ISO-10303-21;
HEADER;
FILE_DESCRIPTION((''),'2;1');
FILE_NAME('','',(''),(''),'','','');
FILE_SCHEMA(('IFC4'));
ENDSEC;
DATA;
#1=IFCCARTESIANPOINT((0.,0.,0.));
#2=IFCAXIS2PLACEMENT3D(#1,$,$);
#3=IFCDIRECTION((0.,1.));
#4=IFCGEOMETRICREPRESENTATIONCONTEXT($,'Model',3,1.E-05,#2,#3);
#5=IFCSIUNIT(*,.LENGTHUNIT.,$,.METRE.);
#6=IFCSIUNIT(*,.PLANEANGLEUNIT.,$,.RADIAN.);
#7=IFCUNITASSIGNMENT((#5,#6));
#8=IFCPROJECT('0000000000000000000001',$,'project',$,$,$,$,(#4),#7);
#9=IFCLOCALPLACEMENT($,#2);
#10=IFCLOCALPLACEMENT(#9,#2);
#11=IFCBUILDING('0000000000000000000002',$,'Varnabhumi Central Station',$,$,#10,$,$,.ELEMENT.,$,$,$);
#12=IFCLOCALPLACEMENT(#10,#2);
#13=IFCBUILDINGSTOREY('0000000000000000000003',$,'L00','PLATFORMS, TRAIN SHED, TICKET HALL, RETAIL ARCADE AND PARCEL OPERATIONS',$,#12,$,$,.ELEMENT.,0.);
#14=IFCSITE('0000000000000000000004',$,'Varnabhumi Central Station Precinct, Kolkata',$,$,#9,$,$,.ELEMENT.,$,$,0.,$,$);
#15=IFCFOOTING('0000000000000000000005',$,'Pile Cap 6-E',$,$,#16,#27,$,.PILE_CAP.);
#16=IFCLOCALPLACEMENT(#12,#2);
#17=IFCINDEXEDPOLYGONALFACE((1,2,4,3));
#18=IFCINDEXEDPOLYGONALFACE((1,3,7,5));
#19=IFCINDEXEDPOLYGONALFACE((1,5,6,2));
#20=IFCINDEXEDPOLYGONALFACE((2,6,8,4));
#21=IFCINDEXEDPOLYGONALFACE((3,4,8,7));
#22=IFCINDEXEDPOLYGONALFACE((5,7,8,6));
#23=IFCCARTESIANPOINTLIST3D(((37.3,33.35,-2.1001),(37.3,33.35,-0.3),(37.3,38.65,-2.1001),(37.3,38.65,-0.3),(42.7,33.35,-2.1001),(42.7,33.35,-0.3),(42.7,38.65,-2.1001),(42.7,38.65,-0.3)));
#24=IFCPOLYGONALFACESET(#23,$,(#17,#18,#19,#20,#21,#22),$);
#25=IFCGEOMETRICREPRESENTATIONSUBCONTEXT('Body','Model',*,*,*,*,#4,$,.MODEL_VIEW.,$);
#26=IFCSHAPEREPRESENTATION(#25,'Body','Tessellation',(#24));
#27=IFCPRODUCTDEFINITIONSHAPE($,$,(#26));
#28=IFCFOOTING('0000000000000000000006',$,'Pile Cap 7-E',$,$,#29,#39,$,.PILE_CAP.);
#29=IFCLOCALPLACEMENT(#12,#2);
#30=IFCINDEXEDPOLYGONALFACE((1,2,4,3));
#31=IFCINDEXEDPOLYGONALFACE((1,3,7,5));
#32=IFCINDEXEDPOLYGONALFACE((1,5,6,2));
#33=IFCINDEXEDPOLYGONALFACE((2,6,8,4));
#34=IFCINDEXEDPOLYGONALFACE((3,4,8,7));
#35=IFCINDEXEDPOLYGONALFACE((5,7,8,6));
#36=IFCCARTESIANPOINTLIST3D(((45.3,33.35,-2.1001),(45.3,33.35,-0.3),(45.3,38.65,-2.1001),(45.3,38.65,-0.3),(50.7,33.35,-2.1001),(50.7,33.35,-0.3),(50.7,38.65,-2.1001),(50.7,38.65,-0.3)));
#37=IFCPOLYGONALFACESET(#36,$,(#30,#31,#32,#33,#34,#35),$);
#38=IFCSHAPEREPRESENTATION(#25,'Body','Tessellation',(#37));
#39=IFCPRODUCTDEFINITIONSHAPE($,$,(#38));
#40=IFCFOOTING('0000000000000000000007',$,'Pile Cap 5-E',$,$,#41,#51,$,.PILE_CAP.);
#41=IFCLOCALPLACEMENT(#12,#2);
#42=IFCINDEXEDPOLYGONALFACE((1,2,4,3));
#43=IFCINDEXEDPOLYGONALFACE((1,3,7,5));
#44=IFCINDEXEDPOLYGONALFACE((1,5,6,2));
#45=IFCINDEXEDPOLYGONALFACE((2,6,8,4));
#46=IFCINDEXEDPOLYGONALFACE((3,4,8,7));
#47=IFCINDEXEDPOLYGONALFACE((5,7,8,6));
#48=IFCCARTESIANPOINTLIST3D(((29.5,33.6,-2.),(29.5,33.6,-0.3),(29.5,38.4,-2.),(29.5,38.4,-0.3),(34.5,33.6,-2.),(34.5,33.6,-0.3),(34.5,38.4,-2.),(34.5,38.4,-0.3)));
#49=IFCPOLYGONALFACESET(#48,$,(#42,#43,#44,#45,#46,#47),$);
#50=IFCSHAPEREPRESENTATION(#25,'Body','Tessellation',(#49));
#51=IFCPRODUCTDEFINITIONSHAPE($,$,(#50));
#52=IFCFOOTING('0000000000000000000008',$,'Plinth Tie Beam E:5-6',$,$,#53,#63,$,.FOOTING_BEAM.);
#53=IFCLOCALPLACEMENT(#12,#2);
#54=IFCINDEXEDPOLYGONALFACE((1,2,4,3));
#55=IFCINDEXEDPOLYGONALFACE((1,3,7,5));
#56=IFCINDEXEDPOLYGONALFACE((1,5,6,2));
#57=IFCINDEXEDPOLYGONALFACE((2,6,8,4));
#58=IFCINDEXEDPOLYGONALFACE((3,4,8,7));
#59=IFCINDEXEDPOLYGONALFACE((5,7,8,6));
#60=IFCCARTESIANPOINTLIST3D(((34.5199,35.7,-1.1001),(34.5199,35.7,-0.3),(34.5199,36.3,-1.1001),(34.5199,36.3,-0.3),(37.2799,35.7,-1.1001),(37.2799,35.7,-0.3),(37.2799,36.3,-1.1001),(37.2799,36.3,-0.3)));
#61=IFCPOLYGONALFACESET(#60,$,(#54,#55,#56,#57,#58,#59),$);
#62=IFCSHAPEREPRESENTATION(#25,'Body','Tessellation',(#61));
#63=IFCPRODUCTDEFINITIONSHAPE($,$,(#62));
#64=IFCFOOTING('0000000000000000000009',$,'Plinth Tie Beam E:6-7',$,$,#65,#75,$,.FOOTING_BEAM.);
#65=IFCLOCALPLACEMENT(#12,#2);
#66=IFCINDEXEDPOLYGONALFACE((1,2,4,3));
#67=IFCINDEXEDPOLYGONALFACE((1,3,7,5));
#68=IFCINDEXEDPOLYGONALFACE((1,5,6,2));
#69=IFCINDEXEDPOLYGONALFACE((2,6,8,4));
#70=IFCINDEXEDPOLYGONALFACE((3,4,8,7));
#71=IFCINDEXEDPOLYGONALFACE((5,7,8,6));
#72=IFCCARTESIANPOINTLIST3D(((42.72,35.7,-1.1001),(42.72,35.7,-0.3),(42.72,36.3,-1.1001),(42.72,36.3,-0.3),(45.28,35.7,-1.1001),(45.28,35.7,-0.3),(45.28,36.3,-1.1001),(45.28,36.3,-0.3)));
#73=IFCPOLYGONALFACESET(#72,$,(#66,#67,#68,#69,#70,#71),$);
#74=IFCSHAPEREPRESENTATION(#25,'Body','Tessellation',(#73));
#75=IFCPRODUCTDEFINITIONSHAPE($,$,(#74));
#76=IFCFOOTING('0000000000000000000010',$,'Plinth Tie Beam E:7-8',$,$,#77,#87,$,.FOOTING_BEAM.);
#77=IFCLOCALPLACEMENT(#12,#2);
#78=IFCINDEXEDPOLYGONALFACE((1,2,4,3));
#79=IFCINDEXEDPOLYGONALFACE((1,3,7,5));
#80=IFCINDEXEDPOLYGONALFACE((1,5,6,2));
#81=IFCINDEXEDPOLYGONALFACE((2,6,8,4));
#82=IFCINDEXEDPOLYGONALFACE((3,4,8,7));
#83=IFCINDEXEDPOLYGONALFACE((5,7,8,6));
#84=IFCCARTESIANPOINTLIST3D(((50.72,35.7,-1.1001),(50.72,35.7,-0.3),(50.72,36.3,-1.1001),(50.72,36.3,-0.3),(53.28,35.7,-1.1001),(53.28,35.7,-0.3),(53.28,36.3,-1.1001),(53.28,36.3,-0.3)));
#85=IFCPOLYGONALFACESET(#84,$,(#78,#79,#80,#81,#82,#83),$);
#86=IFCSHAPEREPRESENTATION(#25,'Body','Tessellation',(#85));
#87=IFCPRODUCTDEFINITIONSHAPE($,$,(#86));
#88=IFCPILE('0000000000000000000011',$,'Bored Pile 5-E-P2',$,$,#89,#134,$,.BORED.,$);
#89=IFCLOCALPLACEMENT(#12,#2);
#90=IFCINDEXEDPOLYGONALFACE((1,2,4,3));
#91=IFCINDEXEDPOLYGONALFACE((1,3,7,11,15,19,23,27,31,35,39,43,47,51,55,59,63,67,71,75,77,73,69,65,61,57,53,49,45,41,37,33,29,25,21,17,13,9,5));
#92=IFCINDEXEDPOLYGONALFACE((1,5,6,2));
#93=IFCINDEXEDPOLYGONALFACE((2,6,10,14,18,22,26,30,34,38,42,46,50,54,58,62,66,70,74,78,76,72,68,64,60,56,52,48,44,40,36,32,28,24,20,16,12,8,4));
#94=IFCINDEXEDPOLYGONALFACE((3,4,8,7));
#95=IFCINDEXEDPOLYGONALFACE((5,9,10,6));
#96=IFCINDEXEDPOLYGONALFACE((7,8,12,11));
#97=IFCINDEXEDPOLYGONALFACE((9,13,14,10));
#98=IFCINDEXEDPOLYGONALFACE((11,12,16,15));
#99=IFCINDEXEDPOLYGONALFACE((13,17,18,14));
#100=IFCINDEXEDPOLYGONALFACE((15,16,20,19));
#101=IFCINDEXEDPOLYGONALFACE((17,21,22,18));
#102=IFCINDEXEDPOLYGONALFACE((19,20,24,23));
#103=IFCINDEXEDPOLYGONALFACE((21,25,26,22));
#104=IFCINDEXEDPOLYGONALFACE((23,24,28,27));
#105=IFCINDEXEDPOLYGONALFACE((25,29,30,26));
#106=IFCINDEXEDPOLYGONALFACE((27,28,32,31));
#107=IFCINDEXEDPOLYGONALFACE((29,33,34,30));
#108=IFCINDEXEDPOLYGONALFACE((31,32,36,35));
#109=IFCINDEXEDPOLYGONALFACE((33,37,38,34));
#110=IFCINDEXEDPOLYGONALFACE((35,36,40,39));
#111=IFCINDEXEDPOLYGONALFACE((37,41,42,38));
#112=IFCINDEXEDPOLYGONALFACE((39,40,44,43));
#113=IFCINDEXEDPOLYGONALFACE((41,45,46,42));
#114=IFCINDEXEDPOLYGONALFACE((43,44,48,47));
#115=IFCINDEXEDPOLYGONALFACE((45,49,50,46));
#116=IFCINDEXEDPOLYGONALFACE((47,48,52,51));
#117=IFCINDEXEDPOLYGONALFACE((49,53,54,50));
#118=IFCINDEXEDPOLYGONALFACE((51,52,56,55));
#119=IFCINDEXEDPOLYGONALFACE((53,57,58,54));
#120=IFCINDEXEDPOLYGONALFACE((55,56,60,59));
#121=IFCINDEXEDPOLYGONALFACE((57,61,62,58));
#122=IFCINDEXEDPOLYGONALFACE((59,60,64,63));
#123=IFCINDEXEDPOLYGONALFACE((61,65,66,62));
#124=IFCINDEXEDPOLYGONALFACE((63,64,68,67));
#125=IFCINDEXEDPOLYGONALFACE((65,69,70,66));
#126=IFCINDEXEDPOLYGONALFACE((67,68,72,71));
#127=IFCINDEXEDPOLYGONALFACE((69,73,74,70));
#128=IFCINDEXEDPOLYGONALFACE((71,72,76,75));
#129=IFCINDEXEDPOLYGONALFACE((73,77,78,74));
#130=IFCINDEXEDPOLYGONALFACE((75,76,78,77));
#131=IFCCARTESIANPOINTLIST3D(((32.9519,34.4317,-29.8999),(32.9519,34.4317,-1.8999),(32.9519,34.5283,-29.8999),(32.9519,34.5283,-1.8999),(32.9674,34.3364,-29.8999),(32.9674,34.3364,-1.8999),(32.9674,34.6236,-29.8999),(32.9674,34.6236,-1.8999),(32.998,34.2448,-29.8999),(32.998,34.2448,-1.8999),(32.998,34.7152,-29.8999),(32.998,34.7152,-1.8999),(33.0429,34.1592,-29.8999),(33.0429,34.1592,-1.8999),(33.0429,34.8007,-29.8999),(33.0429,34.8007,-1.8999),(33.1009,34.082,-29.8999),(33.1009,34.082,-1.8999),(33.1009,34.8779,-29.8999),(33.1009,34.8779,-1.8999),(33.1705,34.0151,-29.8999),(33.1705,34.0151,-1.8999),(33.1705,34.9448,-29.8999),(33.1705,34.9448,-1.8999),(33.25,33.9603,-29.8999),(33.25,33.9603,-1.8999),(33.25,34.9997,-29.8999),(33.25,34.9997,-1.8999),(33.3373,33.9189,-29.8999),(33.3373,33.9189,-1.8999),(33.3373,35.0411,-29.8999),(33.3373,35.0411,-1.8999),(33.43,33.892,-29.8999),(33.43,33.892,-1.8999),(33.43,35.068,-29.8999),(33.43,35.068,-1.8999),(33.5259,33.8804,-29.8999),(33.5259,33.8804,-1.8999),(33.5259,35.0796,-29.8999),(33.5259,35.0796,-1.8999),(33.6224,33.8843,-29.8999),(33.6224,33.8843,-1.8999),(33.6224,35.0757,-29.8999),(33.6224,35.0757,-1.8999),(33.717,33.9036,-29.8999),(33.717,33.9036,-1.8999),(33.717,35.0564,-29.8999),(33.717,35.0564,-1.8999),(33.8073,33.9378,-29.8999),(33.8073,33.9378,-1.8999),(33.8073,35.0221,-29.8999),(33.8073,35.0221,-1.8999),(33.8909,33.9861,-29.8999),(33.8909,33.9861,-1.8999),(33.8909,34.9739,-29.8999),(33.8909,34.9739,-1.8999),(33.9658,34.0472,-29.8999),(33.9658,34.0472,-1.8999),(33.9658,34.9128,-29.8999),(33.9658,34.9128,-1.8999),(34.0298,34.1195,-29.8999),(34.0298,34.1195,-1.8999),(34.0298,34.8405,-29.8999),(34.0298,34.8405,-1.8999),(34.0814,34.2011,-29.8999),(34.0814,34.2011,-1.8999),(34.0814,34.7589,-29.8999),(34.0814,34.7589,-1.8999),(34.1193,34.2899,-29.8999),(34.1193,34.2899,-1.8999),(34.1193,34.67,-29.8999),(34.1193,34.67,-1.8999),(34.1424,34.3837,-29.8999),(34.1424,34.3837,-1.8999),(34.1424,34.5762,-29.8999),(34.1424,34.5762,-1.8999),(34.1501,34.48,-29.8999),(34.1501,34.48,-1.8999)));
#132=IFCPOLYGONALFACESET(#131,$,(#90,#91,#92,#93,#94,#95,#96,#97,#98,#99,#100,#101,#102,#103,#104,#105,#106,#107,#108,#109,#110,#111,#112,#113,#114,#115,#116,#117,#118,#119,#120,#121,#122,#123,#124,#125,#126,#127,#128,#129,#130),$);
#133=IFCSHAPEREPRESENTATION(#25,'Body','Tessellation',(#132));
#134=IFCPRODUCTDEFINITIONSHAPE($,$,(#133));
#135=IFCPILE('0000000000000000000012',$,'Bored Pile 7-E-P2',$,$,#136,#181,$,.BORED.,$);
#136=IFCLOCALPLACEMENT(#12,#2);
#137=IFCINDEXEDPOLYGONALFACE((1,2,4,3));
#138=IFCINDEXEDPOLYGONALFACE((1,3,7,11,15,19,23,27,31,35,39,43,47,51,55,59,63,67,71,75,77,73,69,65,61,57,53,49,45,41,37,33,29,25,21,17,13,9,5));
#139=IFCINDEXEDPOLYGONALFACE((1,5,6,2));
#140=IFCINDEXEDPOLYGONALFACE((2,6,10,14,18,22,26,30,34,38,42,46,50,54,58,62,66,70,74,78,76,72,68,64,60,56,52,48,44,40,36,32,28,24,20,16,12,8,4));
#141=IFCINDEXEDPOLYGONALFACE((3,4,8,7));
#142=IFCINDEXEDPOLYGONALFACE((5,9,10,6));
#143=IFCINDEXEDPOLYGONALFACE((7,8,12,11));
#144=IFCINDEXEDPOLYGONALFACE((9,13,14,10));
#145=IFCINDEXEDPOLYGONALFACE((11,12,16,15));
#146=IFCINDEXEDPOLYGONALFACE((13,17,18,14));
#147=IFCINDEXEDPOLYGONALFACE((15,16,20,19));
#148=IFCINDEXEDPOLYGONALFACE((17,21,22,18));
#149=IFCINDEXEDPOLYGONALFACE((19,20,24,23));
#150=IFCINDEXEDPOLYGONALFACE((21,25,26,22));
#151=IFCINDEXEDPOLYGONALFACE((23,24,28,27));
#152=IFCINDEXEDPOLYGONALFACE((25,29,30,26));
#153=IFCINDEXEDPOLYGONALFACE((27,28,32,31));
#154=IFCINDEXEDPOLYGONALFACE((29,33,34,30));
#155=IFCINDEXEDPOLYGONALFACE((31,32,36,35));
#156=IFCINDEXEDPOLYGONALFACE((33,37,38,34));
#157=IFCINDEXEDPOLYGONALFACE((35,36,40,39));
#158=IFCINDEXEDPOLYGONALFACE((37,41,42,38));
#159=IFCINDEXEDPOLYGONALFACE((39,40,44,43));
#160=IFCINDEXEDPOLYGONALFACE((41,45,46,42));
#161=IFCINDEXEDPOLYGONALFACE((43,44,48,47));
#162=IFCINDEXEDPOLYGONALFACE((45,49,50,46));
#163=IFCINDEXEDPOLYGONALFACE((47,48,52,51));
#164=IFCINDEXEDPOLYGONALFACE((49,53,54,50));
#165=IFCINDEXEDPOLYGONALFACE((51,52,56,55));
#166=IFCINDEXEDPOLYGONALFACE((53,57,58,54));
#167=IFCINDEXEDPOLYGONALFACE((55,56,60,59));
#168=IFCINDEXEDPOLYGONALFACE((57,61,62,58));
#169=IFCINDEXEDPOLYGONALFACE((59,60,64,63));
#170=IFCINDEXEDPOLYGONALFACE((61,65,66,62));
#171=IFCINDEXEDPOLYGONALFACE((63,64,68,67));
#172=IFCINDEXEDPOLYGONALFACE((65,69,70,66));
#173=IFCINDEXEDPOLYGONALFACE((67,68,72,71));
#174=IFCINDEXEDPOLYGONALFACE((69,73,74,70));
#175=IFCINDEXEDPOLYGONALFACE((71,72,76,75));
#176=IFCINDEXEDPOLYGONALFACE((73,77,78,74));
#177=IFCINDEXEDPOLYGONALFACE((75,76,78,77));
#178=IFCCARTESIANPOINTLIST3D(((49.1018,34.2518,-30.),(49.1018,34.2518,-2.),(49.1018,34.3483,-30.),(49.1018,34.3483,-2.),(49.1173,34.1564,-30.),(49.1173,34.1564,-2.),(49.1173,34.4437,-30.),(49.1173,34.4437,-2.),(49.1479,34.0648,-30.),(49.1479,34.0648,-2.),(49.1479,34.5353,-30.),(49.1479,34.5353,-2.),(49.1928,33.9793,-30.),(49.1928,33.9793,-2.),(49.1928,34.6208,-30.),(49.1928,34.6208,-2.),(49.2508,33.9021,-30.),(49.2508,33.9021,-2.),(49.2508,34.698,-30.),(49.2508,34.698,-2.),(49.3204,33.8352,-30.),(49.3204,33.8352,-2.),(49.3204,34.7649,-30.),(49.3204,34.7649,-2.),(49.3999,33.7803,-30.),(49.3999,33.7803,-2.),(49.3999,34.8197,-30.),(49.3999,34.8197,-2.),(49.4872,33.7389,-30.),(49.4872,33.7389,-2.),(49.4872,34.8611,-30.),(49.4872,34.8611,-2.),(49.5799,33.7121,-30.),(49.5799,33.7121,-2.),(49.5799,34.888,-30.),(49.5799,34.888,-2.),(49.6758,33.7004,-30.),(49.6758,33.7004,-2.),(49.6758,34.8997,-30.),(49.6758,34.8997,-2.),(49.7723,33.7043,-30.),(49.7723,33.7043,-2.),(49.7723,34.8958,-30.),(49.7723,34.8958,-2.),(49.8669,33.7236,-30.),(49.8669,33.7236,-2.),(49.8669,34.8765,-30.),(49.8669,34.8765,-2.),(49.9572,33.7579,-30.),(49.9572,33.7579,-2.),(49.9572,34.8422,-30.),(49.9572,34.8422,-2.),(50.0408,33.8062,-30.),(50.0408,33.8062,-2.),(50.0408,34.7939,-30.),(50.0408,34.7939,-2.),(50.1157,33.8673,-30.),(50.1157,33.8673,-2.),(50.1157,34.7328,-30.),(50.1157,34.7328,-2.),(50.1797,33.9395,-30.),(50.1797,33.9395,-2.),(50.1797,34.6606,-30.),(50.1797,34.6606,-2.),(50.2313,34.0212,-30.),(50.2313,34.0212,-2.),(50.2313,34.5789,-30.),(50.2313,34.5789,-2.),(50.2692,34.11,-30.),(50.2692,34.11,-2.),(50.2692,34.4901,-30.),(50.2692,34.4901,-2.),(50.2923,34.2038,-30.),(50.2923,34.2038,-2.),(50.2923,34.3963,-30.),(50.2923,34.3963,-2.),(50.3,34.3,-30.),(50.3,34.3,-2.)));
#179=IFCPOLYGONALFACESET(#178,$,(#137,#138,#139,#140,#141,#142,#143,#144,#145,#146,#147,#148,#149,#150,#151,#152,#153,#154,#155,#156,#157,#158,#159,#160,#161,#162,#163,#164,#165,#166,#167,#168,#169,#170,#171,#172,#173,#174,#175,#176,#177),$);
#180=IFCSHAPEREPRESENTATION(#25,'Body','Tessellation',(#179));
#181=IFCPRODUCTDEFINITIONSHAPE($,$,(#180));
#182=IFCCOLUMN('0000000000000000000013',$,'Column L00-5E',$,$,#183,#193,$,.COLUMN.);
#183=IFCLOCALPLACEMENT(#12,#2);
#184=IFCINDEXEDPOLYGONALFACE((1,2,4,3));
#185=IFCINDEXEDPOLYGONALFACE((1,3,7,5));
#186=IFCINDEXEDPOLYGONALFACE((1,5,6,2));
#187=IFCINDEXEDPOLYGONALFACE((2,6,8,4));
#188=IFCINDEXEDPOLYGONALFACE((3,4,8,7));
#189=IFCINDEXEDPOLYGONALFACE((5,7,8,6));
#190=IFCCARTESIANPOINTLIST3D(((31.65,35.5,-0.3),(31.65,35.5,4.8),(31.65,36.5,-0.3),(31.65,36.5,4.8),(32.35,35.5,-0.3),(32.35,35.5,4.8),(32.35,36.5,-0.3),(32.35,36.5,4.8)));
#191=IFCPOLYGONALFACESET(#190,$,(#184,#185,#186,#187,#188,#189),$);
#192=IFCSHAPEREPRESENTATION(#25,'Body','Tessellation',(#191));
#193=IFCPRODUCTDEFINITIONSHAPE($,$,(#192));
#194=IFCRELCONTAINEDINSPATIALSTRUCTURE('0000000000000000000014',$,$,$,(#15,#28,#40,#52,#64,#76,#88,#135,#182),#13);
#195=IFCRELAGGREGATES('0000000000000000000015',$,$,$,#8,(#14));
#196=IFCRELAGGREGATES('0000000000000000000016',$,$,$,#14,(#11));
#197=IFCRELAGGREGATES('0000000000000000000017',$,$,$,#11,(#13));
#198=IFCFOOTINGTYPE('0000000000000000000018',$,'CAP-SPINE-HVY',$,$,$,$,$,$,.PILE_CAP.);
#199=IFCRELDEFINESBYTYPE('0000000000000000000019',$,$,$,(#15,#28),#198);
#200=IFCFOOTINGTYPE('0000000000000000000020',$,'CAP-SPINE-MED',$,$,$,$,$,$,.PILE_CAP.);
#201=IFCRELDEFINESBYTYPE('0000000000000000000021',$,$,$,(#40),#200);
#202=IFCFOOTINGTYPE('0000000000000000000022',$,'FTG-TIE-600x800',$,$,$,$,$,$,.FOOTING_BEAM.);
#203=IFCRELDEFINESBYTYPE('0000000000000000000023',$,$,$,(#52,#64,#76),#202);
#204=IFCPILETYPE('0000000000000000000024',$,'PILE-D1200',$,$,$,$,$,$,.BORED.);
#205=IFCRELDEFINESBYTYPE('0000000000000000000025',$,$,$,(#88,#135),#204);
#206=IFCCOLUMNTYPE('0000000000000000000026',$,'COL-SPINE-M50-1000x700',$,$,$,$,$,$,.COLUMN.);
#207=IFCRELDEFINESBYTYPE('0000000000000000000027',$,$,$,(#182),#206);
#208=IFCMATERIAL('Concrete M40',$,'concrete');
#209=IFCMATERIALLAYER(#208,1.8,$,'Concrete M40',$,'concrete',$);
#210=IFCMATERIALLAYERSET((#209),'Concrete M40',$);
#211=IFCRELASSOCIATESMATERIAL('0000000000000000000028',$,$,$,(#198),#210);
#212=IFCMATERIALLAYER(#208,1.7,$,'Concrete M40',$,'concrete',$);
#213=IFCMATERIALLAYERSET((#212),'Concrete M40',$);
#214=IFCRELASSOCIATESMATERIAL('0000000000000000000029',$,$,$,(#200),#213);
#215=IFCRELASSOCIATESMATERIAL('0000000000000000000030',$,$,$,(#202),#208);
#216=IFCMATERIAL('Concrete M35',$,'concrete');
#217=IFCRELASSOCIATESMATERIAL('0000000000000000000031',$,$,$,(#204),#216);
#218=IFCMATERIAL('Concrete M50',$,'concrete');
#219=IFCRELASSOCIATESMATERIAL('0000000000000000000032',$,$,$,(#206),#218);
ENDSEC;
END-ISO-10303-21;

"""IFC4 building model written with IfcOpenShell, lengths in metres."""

from ifc_helpers import new_model, si_unit, direction, frame, origin, origin_2d, place, context, subcontext, project, spatial, rectangle, circle, extrude, material, layer, layer_set, material_profile, profile_set, type_object, element, save


model = new_model("IFC4")

# Units and contexts
model_context = context("Model", 3, precision=1e-05, world=origin(), true_north=direction((0.0, 1.0)))
body_context = subcontext(model_context, "Body", "Model", "MODEL_VIEW")
ifc_project = project(units=[si_unit("LENGTHUNIT", "METRE"), si_unit("PLANEANGLEUNIT", "RADIAN")], contexts=[model_context])

# Site, building, storey
site_placement = place(None, origin())
site = spatial("IfcSite", under=ifc_project, at=site_placement, Name="Varnabhumi Central Station Precinct, Kolkata", CompositionType="ELEMENT", RefElevation=0.0)
building_placement = place(site_placement, origin())
building = spatial("IfcBuilding", under=site, at=building_placement, Name="Varnabhumi Central Station", CompositionType="ELEMENT")
storey_placement = place(building_placement, origin())
storey = spatial("IfcBuildingStorey", under=building, at=storey_placement, Name="L00", Description="PLATFORMS, TRAIN SHED, TICKET HALL, RETAIL ARCADE AND PARCEL OPERATIONS", CompositionType="ELEMENT", Elevation=0.0)

# Footings
ifc_material_1 = material(Name="Concrete M40", Category="concrete")
ifc_layer_1 = layer(ifc_material_1, 1.8, Name="Concrete M40", Category="concrete")
ifc_layer_set_1 = layer_set([ifc_layer_1], Name="Concrete M40")
footing_type_1 = type_object("IfcFootingType", Name="CAP-SPINE-HVY", PredefinedType="PILE_CAP", material=ifc_layer_set_1)
for number, where, z_axis, x_axis, name in (
    (1, (40.0, 36.0, -2.1001), (0.0, 0.0, 1.0), (1.0, 0.0, 0.0), "Pile Cap 6-E"),
    (2, (48.0, 36.0, -2.1001), (0.0, 0.0, 1.0), (1.0, 0.0, 0.0), "Pile Cap 7-E"),
):
    element("IfcFooting", number, at=place(storey_placement, frame(where, z_axis=z_axis, x_axis=x_axis)), inside=storey, type_object=footing_type_1, Name=name, PredefinedType="PILE_CAP", context=body_context, shape_type="SweptSolid", body=[
        extrude(rectangle(XDim=5.3999, YDim=5.3, at=origin_2d()), origin(), (0.0, 0.0, 1.0), 1.8),
    ])
ifc_layer_2 = layer(ifc_material_1, 1.7, Name="Concrete M40", Category="concrete")
ifc_layer_set_2 = layer_set([ifc_layer_2], Name="Concrete M40")
footing_type_2 = type_object("IfcFootingType", Name="CAP-SPINE-MED", PredefinedType="PILE_CAP", material=ifc_layer_set_2)
footing_1_placement = place(storey_placement, frame((32.0, 36.0, -2.0), z_axis=(0.0, 0.0, 1.0), x_axis=(1.0, 0.0, 0.0)))
element("IfcFooting", 3, at=footing_1_placement, inside=storey, type_object=footing_type_2, Name="Pile Cap 5-E", PredefinedType="PILE_CAP", context=body_context, shape_type="SweptSolid", body=[
    extrude(rectangle(XDim=5.0, YDim=4.8, at=origin_2d()), origin(), (0.0, 0.0, 1.0), 1.7),
])
footing_type_3 = type_object("IfcFootingType", Name="FTG-TIE-600x800", PredefinedType="FOOTING_BEAM", material=ifc_material_1)
footing_2_placement = place(storey_placement, frame((35.8999, 36.0, -1.1001), z_axis=(0.0, 0.0, 1.0), x_axis=(1.0, 0.0, 0.0)))
element("IfcFooting", 4, at=footing_2_placement, inside=storey, type_object=footing_type_3, Name="Plinth Tie Beam E:5-6", PredefinedType="FOOTING_BEAM", context=body_context, shape_type="SweptSolid", body=[
    extrude(rectangle(XDim=2.76, YDim=0.6001, at=origin_2d()), origin(), (0.0, 0.0, 1.0), 0.8),
])
for number, where, z_axis, x_axis, name in (
    (5, (44.0, 36.0, -1.1001), (0.0, 0.0, 1.0), (1.0, 0.0, 0.0), "Plinth Tie Beam E:6-7"),
    (6, (52.0, 36.0, -1.1001), (0.0, 0.0, 1.0), (1.0, 0.0, 0.0), "Plinth Tie Beam E:7-8"),
):
    element("IfcFooting", number, at=place(storey_placement, frame(where, z_axis=z_axis, x_axis=x_axis)), inside=storey, type_object=footing_type_3, Name=name, PredefinedType="FOOTING_BEAM", context=body_context, shape_type="SweptSolid", body=[
        extrude(rectangle(XDim=2.5601, YDim=0.6001, at=origin_2d()), origin(), (0.0, 0.0, 1.0), 0.8),
    ])

# Piles
ifc_material_2 = material(Name="Concrete M35", Category="concrete")
ifc_material_profile_1 = material_profile(ifc_material_2, circle(Radius=0.6001, at=origin_2d()), Name="Concrete M35", Category="concrete")
ifc_profile_set_1 = profile_set([ifc_material_profile_1], Name="Concrete M35")
pile_type = type_object("IfcPileType", Name="PILE-D1200", PredefinedType="BORED", material=ifc_profile_set_1)
for number, where, z_axis, x_axis, name in (
    (7, (33.55, 34.48, -1.8999), (0.0, 0.0, -1.0), (1.0, 0.0, 0.0), "Bored Pile 5-E-P2"),
    (8, (49.7, 34.3, -2.0), (0.0, 0.0, -1.0), (1.0, 0.0, 0.0), "Bored Pile 7-E-P2"),
):
    element("IfcPile", number, at=place(storey_placement, frame(where, z_axis=z_axis, x_axis=x_axis)), inside=storey, type_object=pile_type, Name=name, PredefinedType="BORED", context=body_context, shape_type="SweptSolid", body=[
        extrude(circle(Radius=0.6001, at=origin_2d()), origin(), (0.0, 0.0, 1.0), 28.0),
    ])

# Column
ifc_material_3 = material(Name="Concrete M50", Category="concrete")
ifc_material_profile_2 = material_profile(ifc_material_3, rectangle(XDim=0.7, YDim=1.0, at=origin_2d()), Name="Concrete M50", Category="concrete")
ifc_profile_set_2 = profile_set([ifc_material_profile_2], Name="Concrete M50")
column_type = type_object("IfcColumnType", Name="COL-SPINE-M50-1000x700", PredefinedType="COLUMN", material=ifc_profile_set_2)
for number, where, z_axis, x_axis, name in (
    (9, (32.0, 36.0, -0.3), (0.0, 0.0, 1.0), (1.0, 0.0, 0.0), "Column L00-5E"),
):
    element("IfcColumn", number, at=place(storey_placement, frame(where, z_axis=z_axis, x_axis=x_axis)), inside=storey, type_object=column_type, Name=name, PredefinedType="COLUMN", context=body_context, shape_type="SweptSolid", body=[
        extrude(rectangle(XDim=0.7, YDim=1.0, at=origin_2d()), origin(), (0.0, 0.0, 1.0), 5.1001),
    ])

save(model, "model.ifc")
